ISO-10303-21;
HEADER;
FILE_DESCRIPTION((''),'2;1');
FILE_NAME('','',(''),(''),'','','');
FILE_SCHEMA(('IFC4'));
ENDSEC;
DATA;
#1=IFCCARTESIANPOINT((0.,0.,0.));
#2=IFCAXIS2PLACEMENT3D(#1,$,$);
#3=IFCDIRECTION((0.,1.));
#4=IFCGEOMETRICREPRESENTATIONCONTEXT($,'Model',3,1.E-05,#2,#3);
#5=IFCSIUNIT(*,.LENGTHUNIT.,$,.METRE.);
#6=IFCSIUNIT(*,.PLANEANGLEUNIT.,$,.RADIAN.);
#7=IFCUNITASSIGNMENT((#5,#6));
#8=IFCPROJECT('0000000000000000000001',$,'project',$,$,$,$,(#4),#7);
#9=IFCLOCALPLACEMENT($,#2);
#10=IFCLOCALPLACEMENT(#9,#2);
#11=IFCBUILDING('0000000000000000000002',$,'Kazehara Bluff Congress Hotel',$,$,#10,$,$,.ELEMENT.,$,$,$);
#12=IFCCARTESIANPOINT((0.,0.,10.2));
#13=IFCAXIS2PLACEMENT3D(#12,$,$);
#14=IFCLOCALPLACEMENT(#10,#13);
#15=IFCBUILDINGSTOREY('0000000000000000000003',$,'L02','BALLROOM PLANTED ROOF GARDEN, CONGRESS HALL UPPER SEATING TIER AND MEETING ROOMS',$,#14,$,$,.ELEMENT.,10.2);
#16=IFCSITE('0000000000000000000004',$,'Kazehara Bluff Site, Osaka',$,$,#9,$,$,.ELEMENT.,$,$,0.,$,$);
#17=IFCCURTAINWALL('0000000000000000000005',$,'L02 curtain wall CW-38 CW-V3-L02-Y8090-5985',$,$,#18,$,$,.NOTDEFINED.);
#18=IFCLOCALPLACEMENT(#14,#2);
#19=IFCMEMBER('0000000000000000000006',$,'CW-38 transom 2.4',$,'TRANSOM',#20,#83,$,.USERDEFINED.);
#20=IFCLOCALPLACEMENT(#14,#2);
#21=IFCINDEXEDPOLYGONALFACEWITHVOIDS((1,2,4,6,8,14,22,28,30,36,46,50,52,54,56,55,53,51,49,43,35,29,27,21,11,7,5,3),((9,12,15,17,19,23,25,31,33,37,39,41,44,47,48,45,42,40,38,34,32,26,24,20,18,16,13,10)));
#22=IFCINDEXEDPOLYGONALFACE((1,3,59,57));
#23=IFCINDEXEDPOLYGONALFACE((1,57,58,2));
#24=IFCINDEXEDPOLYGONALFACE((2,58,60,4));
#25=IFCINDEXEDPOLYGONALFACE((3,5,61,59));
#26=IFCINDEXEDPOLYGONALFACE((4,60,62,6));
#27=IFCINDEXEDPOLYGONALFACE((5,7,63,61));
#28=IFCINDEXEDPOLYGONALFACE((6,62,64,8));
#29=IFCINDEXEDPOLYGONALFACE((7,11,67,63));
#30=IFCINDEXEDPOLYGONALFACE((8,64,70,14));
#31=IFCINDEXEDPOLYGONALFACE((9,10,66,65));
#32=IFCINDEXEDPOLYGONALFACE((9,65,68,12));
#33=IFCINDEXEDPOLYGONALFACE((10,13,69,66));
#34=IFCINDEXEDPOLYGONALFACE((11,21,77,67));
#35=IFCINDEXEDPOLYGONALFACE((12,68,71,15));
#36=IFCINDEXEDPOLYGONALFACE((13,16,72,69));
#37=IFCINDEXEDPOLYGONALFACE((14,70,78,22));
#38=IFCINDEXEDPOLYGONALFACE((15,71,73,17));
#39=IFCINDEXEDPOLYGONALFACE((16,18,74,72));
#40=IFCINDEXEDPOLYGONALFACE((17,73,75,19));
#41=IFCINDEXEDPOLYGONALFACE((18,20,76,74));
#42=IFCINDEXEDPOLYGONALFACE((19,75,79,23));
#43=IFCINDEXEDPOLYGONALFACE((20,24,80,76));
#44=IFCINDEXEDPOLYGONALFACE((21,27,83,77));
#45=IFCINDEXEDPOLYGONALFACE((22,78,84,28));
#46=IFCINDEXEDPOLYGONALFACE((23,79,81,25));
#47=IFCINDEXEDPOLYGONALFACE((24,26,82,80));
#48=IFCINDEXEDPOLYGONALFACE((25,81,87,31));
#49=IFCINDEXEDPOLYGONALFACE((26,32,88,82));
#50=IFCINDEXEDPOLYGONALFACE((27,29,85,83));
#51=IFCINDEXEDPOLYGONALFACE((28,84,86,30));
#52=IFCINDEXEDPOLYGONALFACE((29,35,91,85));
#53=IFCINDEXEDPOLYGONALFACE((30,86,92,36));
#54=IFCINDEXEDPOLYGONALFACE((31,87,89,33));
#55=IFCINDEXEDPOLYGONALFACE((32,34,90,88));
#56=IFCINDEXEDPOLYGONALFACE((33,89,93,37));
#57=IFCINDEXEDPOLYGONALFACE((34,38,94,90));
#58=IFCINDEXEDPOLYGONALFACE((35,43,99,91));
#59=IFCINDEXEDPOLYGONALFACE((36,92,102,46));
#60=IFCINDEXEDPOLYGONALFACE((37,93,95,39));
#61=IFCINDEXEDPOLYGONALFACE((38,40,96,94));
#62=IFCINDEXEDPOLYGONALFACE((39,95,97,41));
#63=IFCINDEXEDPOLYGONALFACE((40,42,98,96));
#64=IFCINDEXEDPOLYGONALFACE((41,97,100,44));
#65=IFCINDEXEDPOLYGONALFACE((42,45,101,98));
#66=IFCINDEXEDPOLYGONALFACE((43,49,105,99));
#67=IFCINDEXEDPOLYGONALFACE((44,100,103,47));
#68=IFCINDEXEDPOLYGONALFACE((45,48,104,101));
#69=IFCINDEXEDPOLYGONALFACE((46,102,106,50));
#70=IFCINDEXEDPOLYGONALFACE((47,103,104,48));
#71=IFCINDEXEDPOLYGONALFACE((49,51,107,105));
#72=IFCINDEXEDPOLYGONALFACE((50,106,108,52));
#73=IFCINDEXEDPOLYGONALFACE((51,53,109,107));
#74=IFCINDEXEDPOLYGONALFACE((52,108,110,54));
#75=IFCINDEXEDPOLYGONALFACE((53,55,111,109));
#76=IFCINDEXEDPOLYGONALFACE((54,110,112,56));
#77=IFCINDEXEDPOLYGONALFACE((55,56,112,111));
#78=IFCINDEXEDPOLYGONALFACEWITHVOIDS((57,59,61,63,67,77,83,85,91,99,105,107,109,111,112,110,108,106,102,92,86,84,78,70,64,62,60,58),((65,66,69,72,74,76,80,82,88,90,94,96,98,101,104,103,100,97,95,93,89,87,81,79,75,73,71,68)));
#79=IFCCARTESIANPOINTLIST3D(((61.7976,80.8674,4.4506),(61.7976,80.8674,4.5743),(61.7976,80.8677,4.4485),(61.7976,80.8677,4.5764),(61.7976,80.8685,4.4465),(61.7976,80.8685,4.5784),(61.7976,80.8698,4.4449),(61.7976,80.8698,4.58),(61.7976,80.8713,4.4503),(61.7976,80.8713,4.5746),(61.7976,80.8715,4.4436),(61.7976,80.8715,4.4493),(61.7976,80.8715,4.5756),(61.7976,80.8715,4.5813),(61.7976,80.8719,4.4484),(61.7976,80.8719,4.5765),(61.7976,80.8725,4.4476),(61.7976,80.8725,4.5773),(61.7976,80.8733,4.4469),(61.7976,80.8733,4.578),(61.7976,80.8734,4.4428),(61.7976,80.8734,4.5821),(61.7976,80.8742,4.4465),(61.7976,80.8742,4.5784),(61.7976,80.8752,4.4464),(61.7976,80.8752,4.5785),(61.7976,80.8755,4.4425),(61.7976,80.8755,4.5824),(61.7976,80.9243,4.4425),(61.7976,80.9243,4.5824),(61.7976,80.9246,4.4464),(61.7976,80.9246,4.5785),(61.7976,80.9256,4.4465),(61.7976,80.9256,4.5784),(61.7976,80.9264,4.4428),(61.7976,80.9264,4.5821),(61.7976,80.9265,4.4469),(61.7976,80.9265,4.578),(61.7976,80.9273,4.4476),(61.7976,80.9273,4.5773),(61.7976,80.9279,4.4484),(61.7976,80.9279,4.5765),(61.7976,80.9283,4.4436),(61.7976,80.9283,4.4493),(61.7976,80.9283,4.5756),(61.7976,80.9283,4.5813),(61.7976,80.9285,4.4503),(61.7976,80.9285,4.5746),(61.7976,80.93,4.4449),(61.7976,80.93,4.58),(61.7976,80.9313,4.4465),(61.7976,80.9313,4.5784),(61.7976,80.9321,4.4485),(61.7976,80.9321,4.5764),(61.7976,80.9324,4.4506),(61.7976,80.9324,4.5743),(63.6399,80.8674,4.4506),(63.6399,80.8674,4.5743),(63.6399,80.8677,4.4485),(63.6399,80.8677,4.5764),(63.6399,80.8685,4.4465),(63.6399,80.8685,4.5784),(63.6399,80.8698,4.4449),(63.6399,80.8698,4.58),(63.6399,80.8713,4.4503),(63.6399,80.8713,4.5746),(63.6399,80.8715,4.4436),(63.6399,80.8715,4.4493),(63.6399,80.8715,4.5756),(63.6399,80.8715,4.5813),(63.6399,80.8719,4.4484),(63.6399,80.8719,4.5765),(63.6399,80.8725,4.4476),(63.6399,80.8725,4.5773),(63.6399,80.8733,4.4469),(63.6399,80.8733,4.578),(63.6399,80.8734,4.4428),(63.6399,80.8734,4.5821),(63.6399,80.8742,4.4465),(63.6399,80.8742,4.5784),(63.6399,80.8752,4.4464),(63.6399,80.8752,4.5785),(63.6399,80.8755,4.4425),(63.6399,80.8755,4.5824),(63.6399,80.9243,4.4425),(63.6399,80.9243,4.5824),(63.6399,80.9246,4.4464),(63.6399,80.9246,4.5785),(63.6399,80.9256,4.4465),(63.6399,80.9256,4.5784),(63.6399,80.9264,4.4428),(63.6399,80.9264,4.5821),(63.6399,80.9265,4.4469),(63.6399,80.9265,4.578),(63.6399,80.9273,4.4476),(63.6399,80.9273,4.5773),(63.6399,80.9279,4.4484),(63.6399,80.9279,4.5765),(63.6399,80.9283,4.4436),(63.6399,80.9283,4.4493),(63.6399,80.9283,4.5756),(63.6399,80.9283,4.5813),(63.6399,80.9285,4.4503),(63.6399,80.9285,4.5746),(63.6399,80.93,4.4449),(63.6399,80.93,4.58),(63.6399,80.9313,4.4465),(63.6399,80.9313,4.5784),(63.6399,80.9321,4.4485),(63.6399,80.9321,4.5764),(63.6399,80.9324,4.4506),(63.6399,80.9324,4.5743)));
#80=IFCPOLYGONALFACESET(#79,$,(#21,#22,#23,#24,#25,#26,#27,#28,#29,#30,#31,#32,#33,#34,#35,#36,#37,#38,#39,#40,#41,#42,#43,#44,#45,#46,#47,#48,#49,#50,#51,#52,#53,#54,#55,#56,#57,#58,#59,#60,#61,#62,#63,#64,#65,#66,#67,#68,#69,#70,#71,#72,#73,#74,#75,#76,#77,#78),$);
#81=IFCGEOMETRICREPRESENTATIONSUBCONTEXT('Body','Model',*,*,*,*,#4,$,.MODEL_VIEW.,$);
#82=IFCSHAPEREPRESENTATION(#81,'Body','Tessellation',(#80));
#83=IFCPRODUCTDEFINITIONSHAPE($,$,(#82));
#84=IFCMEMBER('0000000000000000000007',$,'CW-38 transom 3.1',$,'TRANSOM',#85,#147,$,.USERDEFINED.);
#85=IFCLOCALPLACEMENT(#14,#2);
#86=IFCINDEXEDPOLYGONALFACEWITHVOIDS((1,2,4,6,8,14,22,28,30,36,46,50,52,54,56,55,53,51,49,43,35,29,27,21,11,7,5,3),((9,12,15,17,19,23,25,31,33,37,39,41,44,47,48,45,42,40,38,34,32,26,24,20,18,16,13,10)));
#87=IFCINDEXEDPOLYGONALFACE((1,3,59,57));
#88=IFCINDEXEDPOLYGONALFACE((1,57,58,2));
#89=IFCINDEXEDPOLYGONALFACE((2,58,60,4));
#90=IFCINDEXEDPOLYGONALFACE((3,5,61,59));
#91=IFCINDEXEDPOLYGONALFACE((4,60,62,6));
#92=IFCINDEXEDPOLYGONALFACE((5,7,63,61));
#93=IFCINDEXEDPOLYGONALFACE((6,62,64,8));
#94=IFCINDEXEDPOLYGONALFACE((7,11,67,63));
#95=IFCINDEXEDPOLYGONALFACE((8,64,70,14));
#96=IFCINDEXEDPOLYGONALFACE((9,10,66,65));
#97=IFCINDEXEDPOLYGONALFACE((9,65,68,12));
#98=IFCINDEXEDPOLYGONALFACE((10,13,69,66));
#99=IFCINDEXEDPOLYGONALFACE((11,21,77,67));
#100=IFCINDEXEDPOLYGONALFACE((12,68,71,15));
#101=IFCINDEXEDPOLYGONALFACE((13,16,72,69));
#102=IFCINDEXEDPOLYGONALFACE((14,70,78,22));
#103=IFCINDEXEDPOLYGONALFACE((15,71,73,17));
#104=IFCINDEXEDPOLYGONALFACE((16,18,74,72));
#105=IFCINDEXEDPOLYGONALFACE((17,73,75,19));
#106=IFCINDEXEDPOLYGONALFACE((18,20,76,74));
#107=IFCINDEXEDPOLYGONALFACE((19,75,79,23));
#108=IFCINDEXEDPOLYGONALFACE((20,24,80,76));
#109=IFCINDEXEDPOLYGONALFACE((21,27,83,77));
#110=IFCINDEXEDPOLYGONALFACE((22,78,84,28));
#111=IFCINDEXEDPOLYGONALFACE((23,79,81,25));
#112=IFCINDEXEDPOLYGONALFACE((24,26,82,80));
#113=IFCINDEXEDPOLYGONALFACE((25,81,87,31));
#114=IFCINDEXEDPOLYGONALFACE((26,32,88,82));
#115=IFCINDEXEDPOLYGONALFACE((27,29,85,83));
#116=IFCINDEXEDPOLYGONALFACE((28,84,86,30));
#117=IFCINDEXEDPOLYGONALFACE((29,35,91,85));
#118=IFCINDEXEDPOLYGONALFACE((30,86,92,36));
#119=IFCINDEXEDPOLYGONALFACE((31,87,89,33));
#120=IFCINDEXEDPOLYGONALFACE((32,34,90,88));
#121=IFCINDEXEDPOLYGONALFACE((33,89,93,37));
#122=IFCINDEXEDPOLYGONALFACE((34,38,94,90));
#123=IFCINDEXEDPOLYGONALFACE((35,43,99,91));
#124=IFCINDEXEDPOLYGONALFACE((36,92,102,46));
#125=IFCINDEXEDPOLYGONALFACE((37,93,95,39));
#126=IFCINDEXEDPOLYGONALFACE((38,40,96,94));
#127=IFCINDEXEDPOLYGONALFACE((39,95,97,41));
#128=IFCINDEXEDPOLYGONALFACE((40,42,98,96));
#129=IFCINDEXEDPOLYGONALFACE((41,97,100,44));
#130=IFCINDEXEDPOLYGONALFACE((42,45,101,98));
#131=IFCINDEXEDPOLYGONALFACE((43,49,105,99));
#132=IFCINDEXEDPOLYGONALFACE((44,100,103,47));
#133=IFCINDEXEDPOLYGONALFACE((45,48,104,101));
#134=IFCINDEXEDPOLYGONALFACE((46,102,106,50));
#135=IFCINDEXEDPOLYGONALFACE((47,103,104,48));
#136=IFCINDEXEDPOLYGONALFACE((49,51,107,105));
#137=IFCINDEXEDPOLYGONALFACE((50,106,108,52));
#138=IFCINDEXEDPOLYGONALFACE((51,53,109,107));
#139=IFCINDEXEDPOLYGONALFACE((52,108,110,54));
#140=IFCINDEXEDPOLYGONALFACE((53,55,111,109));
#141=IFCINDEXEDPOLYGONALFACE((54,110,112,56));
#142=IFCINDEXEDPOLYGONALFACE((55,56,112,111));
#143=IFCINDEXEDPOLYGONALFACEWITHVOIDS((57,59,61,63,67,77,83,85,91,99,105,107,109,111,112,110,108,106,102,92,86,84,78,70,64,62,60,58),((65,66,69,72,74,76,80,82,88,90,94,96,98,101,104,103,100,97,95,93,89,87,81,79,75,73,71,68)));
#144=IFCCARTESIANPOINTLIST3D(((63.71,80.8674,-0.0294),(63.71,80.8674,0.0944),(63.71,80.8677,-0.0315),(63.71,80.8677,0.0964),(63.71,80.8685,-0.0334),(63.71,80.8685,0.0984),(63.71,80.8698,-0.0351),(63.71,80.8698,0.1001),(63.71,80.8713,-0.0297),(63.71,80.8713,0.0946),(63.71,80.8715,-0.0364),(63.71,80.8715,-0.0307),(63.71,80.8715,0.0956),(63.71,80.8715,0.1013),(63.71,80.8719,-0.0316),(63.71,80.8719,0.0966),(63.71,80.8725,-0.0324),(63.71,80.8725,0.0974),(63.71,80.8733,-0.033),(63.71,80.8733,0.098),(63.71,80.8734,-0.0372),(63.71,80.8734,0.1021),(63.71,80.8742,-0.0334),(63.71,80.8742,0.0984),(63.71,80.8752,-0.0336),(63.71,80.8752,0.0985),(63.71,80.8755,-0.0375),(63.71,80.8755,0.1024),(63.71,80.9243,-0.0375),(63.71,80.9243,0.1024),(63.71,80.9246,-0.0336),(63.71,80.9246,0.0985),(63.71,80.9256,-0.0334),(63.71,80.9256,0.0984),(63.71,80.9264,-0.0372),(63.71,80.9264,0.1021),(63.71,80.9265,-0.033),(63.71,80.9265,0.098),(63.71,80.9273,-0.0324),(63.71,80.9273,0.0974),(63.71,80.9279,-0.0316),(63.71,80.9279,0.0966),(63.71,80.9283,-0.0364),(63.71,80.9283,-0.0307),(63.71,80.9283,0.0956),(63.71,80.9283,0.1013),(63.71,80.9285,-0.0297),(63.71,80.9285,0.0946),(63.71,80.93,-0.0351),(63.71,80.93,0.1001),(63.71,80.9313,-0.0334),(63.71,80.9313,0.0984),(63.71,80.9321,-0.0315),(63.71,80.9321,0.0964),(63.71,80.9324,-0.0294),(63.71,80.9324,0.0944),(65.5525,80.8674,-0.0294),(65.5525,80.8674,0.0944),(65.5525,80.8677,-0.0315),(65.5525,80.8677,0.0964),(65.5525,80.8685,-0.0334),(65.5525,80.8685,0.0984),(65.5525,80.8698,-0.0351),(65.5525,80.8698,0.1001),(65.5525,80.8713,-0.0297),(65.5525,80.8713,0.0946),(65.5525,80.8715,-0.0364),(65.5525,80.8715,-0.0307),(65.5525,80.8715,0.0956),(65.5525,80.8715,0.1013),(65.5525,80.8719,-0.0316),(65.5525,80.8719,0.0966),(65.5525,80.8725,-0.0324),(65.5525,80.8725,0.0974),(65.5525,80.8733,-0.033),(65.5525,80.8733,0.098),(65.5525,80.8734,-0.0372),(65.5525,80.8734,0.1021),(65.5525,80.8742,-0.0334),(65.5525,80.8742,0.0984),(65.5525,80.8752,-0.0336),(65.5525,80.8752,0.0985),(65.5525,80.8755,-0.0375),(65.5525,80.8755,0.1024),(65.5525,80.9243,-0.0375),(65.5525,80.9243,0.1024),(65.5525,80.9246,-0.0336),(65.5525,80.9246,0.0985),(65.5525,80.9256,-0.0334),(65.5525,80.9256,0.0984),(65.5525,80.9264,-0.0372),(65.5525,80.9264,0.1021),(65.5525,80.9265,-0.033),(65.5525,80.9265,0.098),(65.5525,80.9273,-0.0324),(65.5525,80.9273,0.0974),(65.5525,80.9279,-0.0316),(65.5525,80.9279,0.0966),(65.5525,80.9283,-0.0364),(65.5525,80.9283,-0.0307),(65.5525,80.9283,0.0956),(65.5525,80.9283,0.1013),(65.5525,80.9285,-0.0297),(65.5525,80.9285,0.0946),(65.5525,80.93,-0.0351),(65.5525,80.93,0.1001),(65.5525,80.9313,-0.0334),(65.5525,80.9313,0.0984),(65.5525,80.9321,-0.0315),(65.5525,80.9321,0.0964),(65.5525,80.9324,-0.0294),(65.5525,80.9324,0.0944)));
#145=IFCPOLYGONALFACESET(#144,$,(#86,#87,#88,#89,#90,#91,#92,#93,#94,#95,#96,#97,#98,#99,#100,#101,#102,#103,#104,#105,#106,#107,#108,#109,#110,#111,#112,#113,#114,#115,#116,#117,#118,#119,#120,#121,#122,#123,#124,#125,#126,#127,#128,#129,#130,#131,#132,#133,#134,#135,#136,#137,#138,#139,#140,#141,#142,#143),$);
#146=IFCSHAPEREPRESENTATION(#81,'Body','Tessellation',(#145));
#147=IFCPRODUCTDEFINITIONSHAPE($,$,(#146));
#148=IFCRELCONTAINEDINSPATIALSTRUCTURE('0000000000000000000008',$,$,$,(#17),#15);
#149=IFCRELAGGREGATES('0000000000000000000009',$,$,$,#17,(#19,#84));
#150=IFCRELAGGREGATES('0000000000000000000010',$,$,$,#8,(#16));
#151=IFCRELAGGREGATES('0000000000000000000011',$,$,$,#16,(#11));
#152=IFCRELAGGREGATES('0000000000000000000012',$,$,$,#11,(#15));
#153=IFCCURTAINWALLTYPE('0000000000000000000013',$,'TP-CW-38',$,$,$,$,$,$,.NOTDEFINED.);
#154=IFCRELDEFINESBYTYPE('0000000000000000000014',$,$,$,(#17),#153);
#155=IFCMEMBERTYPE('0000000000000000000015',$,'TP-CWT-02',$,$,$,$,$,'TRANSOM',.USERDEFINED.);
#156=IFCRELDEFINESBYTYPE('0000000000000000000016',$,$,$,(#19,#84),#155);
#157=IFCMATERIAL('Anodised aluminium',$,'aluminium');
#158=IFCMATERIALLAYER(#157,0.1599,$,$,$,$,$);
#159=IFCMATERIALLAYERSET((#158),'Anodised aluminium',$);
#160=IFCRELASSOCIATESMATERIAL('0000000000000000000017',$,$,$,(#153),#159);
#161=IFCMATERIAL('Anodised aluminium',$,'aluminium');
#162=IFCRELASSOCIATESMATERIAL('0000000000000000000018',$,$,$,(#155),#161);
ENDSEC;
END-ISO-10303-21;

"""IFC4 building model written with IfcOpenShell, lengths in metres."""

from ifc_helpers import new_model, si_unit, direction, frame, origin, origin_2d, place, context, subcontext, project, spatial, hollow_rectangle, extrude, material, layer, layer_set, material_profile, profile_set, type_object, element, aggregate, save


model = new_model("IFC4")

# Units and contexts
model_context = context("Model", 3, precision=1e-05, world=origin(), true_north=direction((0.0, 1.0)))
body_context = subcontext(model_context, "Body", "Model", "MODEL_VIEW")
ifc_project = project(units=[si_unit("LENGTHUNIT", "METRE"), si_unit("PLANEANGLEUNIT", "RADIAN")], contexts=[model_context])

# Site, building, storey
site_placement = place(None, origin())
site = spatial("IfcSite", under=ifc_project, at=site_placement, Name="Kazehara Bluff Site, Osaka", CompositionType="ELEMENT", RefElevation=0.0)
building_placement = place(site_placement, origin())
building = spatial("IfcBuilding", under=site, at=building_placement, Name="Kazehara Bluff Congress Hotel", CompositionType="ELEMENT")
storey_placement = place(building_placement, frame((0.0, 0.0, 10.2)))
storey = spatial("IfcBuildingStorey", under=building, at=storey_placement, Name="L02", Description="BALLROOM PLANTED ROOF GARDEN, CONGRESS HALL UPPER SEATING TIER AND MEETING ROOMS", CompositionType="ELEMENT", Elevation=10.2)

# Curtain wall
ifc_material_1 = material(Name="Anodised aluminium", Category="aluminium")
ifc_layer_1 = layer(ifc_material_1, 0.1599)
ifc_layer_set_1 = layer_set([ifc_layer_1], Name="Anodised aluminium")
curtain_wall_type_1 = type_object("IfcCurtainWallType", Name="TP-CW-38", PredefinedType="NOTDEFINED", material=ifc_layer_set_1)
curtain_wall_1_placement = place(storey_placement, origin())
curtain_wall_1 = element("IfcCurtainWall", 1, at=curtain_wall_1_placement, inside=storey, type_object=curtain_wall_type_1, Name="L02 curtain wall CW-38 CW-V3-L02-Y8090-5985", PredefinedType="NOTDEFINED")

# Members
ifc_material_2 = material(Name="Anodised aluminium", Category="aluminium")
ifc_material_profile_1 = material_profile(ifc_material_2, hollow_rectangle(XDim=0.0649, YDim=0.1399, WallThickness=0.0039, InnerFilletRadius=0.0039, OuterFilletRadius=0.0081, at=origin_2d()))
ifc_profile_set_1 = profile_set([ifc_material_profile_1], Name="Anodised aluminium")
member_type_1 = type_object("IfcMemberType", Name="TP-CWT-02", ElementType="TRANSOM", PredefinedType="USERDEFINED", material=ifc_profile_set_1)
member_1_placement = place(storey_placement, frame((61.7976, 80.8999, 4.5125), z_axis=(1.0, 0.0, 0.0), x_axis=(0.0, 1.0, 0.0)))
member_1 = element("IfcMember", 2, at=member_1_placement, type_object=member_type_1, Name="CW-38 transom 2.4", ObjectType="TRANSOM", PredefinedType="USERDEFINED", context=body_context, shape_type="SweptSolid", body=[
    extrude(hollow_rectangle(XDim=0.0649, YDim=0.1399, WallThickness=0.0039, InnerFilletRadius=0.0039, OuterFilletRadius=0.0081, at=origin_2d()), origin(), (0.0, 0.0, 1.0), 1.8423),
])
member_2_placement = place(storey_placement, frame((63.71, 80.8999, 0.0325), z_axis=(1.0, 0.0, 0.0), x_axis=(0.0, 1.0, 0.0)))
member_2 = element("IfcMember", 3, at=member_2_placement, type_object=member_type_1, Name="CW-38 transom 3.1", ObjectType="TRANSOM", PredefinedType="USERDEFINED", context=body_context, shape_type="SweptSolid", body=[
    extrude(hollow_rectangle(XDim=0.0649, YDim=0.1399, WallThickness=0.0039, InnerFilletRadius=0.0039, OuterFilletRadius=0.0081, at=origin_2d()), origin(), (0.0, 0.0, 1.0), 1.8425),
])

aggregate(curtain_wall_1, [member_1, member_2])

save(model, "model.ifc")
